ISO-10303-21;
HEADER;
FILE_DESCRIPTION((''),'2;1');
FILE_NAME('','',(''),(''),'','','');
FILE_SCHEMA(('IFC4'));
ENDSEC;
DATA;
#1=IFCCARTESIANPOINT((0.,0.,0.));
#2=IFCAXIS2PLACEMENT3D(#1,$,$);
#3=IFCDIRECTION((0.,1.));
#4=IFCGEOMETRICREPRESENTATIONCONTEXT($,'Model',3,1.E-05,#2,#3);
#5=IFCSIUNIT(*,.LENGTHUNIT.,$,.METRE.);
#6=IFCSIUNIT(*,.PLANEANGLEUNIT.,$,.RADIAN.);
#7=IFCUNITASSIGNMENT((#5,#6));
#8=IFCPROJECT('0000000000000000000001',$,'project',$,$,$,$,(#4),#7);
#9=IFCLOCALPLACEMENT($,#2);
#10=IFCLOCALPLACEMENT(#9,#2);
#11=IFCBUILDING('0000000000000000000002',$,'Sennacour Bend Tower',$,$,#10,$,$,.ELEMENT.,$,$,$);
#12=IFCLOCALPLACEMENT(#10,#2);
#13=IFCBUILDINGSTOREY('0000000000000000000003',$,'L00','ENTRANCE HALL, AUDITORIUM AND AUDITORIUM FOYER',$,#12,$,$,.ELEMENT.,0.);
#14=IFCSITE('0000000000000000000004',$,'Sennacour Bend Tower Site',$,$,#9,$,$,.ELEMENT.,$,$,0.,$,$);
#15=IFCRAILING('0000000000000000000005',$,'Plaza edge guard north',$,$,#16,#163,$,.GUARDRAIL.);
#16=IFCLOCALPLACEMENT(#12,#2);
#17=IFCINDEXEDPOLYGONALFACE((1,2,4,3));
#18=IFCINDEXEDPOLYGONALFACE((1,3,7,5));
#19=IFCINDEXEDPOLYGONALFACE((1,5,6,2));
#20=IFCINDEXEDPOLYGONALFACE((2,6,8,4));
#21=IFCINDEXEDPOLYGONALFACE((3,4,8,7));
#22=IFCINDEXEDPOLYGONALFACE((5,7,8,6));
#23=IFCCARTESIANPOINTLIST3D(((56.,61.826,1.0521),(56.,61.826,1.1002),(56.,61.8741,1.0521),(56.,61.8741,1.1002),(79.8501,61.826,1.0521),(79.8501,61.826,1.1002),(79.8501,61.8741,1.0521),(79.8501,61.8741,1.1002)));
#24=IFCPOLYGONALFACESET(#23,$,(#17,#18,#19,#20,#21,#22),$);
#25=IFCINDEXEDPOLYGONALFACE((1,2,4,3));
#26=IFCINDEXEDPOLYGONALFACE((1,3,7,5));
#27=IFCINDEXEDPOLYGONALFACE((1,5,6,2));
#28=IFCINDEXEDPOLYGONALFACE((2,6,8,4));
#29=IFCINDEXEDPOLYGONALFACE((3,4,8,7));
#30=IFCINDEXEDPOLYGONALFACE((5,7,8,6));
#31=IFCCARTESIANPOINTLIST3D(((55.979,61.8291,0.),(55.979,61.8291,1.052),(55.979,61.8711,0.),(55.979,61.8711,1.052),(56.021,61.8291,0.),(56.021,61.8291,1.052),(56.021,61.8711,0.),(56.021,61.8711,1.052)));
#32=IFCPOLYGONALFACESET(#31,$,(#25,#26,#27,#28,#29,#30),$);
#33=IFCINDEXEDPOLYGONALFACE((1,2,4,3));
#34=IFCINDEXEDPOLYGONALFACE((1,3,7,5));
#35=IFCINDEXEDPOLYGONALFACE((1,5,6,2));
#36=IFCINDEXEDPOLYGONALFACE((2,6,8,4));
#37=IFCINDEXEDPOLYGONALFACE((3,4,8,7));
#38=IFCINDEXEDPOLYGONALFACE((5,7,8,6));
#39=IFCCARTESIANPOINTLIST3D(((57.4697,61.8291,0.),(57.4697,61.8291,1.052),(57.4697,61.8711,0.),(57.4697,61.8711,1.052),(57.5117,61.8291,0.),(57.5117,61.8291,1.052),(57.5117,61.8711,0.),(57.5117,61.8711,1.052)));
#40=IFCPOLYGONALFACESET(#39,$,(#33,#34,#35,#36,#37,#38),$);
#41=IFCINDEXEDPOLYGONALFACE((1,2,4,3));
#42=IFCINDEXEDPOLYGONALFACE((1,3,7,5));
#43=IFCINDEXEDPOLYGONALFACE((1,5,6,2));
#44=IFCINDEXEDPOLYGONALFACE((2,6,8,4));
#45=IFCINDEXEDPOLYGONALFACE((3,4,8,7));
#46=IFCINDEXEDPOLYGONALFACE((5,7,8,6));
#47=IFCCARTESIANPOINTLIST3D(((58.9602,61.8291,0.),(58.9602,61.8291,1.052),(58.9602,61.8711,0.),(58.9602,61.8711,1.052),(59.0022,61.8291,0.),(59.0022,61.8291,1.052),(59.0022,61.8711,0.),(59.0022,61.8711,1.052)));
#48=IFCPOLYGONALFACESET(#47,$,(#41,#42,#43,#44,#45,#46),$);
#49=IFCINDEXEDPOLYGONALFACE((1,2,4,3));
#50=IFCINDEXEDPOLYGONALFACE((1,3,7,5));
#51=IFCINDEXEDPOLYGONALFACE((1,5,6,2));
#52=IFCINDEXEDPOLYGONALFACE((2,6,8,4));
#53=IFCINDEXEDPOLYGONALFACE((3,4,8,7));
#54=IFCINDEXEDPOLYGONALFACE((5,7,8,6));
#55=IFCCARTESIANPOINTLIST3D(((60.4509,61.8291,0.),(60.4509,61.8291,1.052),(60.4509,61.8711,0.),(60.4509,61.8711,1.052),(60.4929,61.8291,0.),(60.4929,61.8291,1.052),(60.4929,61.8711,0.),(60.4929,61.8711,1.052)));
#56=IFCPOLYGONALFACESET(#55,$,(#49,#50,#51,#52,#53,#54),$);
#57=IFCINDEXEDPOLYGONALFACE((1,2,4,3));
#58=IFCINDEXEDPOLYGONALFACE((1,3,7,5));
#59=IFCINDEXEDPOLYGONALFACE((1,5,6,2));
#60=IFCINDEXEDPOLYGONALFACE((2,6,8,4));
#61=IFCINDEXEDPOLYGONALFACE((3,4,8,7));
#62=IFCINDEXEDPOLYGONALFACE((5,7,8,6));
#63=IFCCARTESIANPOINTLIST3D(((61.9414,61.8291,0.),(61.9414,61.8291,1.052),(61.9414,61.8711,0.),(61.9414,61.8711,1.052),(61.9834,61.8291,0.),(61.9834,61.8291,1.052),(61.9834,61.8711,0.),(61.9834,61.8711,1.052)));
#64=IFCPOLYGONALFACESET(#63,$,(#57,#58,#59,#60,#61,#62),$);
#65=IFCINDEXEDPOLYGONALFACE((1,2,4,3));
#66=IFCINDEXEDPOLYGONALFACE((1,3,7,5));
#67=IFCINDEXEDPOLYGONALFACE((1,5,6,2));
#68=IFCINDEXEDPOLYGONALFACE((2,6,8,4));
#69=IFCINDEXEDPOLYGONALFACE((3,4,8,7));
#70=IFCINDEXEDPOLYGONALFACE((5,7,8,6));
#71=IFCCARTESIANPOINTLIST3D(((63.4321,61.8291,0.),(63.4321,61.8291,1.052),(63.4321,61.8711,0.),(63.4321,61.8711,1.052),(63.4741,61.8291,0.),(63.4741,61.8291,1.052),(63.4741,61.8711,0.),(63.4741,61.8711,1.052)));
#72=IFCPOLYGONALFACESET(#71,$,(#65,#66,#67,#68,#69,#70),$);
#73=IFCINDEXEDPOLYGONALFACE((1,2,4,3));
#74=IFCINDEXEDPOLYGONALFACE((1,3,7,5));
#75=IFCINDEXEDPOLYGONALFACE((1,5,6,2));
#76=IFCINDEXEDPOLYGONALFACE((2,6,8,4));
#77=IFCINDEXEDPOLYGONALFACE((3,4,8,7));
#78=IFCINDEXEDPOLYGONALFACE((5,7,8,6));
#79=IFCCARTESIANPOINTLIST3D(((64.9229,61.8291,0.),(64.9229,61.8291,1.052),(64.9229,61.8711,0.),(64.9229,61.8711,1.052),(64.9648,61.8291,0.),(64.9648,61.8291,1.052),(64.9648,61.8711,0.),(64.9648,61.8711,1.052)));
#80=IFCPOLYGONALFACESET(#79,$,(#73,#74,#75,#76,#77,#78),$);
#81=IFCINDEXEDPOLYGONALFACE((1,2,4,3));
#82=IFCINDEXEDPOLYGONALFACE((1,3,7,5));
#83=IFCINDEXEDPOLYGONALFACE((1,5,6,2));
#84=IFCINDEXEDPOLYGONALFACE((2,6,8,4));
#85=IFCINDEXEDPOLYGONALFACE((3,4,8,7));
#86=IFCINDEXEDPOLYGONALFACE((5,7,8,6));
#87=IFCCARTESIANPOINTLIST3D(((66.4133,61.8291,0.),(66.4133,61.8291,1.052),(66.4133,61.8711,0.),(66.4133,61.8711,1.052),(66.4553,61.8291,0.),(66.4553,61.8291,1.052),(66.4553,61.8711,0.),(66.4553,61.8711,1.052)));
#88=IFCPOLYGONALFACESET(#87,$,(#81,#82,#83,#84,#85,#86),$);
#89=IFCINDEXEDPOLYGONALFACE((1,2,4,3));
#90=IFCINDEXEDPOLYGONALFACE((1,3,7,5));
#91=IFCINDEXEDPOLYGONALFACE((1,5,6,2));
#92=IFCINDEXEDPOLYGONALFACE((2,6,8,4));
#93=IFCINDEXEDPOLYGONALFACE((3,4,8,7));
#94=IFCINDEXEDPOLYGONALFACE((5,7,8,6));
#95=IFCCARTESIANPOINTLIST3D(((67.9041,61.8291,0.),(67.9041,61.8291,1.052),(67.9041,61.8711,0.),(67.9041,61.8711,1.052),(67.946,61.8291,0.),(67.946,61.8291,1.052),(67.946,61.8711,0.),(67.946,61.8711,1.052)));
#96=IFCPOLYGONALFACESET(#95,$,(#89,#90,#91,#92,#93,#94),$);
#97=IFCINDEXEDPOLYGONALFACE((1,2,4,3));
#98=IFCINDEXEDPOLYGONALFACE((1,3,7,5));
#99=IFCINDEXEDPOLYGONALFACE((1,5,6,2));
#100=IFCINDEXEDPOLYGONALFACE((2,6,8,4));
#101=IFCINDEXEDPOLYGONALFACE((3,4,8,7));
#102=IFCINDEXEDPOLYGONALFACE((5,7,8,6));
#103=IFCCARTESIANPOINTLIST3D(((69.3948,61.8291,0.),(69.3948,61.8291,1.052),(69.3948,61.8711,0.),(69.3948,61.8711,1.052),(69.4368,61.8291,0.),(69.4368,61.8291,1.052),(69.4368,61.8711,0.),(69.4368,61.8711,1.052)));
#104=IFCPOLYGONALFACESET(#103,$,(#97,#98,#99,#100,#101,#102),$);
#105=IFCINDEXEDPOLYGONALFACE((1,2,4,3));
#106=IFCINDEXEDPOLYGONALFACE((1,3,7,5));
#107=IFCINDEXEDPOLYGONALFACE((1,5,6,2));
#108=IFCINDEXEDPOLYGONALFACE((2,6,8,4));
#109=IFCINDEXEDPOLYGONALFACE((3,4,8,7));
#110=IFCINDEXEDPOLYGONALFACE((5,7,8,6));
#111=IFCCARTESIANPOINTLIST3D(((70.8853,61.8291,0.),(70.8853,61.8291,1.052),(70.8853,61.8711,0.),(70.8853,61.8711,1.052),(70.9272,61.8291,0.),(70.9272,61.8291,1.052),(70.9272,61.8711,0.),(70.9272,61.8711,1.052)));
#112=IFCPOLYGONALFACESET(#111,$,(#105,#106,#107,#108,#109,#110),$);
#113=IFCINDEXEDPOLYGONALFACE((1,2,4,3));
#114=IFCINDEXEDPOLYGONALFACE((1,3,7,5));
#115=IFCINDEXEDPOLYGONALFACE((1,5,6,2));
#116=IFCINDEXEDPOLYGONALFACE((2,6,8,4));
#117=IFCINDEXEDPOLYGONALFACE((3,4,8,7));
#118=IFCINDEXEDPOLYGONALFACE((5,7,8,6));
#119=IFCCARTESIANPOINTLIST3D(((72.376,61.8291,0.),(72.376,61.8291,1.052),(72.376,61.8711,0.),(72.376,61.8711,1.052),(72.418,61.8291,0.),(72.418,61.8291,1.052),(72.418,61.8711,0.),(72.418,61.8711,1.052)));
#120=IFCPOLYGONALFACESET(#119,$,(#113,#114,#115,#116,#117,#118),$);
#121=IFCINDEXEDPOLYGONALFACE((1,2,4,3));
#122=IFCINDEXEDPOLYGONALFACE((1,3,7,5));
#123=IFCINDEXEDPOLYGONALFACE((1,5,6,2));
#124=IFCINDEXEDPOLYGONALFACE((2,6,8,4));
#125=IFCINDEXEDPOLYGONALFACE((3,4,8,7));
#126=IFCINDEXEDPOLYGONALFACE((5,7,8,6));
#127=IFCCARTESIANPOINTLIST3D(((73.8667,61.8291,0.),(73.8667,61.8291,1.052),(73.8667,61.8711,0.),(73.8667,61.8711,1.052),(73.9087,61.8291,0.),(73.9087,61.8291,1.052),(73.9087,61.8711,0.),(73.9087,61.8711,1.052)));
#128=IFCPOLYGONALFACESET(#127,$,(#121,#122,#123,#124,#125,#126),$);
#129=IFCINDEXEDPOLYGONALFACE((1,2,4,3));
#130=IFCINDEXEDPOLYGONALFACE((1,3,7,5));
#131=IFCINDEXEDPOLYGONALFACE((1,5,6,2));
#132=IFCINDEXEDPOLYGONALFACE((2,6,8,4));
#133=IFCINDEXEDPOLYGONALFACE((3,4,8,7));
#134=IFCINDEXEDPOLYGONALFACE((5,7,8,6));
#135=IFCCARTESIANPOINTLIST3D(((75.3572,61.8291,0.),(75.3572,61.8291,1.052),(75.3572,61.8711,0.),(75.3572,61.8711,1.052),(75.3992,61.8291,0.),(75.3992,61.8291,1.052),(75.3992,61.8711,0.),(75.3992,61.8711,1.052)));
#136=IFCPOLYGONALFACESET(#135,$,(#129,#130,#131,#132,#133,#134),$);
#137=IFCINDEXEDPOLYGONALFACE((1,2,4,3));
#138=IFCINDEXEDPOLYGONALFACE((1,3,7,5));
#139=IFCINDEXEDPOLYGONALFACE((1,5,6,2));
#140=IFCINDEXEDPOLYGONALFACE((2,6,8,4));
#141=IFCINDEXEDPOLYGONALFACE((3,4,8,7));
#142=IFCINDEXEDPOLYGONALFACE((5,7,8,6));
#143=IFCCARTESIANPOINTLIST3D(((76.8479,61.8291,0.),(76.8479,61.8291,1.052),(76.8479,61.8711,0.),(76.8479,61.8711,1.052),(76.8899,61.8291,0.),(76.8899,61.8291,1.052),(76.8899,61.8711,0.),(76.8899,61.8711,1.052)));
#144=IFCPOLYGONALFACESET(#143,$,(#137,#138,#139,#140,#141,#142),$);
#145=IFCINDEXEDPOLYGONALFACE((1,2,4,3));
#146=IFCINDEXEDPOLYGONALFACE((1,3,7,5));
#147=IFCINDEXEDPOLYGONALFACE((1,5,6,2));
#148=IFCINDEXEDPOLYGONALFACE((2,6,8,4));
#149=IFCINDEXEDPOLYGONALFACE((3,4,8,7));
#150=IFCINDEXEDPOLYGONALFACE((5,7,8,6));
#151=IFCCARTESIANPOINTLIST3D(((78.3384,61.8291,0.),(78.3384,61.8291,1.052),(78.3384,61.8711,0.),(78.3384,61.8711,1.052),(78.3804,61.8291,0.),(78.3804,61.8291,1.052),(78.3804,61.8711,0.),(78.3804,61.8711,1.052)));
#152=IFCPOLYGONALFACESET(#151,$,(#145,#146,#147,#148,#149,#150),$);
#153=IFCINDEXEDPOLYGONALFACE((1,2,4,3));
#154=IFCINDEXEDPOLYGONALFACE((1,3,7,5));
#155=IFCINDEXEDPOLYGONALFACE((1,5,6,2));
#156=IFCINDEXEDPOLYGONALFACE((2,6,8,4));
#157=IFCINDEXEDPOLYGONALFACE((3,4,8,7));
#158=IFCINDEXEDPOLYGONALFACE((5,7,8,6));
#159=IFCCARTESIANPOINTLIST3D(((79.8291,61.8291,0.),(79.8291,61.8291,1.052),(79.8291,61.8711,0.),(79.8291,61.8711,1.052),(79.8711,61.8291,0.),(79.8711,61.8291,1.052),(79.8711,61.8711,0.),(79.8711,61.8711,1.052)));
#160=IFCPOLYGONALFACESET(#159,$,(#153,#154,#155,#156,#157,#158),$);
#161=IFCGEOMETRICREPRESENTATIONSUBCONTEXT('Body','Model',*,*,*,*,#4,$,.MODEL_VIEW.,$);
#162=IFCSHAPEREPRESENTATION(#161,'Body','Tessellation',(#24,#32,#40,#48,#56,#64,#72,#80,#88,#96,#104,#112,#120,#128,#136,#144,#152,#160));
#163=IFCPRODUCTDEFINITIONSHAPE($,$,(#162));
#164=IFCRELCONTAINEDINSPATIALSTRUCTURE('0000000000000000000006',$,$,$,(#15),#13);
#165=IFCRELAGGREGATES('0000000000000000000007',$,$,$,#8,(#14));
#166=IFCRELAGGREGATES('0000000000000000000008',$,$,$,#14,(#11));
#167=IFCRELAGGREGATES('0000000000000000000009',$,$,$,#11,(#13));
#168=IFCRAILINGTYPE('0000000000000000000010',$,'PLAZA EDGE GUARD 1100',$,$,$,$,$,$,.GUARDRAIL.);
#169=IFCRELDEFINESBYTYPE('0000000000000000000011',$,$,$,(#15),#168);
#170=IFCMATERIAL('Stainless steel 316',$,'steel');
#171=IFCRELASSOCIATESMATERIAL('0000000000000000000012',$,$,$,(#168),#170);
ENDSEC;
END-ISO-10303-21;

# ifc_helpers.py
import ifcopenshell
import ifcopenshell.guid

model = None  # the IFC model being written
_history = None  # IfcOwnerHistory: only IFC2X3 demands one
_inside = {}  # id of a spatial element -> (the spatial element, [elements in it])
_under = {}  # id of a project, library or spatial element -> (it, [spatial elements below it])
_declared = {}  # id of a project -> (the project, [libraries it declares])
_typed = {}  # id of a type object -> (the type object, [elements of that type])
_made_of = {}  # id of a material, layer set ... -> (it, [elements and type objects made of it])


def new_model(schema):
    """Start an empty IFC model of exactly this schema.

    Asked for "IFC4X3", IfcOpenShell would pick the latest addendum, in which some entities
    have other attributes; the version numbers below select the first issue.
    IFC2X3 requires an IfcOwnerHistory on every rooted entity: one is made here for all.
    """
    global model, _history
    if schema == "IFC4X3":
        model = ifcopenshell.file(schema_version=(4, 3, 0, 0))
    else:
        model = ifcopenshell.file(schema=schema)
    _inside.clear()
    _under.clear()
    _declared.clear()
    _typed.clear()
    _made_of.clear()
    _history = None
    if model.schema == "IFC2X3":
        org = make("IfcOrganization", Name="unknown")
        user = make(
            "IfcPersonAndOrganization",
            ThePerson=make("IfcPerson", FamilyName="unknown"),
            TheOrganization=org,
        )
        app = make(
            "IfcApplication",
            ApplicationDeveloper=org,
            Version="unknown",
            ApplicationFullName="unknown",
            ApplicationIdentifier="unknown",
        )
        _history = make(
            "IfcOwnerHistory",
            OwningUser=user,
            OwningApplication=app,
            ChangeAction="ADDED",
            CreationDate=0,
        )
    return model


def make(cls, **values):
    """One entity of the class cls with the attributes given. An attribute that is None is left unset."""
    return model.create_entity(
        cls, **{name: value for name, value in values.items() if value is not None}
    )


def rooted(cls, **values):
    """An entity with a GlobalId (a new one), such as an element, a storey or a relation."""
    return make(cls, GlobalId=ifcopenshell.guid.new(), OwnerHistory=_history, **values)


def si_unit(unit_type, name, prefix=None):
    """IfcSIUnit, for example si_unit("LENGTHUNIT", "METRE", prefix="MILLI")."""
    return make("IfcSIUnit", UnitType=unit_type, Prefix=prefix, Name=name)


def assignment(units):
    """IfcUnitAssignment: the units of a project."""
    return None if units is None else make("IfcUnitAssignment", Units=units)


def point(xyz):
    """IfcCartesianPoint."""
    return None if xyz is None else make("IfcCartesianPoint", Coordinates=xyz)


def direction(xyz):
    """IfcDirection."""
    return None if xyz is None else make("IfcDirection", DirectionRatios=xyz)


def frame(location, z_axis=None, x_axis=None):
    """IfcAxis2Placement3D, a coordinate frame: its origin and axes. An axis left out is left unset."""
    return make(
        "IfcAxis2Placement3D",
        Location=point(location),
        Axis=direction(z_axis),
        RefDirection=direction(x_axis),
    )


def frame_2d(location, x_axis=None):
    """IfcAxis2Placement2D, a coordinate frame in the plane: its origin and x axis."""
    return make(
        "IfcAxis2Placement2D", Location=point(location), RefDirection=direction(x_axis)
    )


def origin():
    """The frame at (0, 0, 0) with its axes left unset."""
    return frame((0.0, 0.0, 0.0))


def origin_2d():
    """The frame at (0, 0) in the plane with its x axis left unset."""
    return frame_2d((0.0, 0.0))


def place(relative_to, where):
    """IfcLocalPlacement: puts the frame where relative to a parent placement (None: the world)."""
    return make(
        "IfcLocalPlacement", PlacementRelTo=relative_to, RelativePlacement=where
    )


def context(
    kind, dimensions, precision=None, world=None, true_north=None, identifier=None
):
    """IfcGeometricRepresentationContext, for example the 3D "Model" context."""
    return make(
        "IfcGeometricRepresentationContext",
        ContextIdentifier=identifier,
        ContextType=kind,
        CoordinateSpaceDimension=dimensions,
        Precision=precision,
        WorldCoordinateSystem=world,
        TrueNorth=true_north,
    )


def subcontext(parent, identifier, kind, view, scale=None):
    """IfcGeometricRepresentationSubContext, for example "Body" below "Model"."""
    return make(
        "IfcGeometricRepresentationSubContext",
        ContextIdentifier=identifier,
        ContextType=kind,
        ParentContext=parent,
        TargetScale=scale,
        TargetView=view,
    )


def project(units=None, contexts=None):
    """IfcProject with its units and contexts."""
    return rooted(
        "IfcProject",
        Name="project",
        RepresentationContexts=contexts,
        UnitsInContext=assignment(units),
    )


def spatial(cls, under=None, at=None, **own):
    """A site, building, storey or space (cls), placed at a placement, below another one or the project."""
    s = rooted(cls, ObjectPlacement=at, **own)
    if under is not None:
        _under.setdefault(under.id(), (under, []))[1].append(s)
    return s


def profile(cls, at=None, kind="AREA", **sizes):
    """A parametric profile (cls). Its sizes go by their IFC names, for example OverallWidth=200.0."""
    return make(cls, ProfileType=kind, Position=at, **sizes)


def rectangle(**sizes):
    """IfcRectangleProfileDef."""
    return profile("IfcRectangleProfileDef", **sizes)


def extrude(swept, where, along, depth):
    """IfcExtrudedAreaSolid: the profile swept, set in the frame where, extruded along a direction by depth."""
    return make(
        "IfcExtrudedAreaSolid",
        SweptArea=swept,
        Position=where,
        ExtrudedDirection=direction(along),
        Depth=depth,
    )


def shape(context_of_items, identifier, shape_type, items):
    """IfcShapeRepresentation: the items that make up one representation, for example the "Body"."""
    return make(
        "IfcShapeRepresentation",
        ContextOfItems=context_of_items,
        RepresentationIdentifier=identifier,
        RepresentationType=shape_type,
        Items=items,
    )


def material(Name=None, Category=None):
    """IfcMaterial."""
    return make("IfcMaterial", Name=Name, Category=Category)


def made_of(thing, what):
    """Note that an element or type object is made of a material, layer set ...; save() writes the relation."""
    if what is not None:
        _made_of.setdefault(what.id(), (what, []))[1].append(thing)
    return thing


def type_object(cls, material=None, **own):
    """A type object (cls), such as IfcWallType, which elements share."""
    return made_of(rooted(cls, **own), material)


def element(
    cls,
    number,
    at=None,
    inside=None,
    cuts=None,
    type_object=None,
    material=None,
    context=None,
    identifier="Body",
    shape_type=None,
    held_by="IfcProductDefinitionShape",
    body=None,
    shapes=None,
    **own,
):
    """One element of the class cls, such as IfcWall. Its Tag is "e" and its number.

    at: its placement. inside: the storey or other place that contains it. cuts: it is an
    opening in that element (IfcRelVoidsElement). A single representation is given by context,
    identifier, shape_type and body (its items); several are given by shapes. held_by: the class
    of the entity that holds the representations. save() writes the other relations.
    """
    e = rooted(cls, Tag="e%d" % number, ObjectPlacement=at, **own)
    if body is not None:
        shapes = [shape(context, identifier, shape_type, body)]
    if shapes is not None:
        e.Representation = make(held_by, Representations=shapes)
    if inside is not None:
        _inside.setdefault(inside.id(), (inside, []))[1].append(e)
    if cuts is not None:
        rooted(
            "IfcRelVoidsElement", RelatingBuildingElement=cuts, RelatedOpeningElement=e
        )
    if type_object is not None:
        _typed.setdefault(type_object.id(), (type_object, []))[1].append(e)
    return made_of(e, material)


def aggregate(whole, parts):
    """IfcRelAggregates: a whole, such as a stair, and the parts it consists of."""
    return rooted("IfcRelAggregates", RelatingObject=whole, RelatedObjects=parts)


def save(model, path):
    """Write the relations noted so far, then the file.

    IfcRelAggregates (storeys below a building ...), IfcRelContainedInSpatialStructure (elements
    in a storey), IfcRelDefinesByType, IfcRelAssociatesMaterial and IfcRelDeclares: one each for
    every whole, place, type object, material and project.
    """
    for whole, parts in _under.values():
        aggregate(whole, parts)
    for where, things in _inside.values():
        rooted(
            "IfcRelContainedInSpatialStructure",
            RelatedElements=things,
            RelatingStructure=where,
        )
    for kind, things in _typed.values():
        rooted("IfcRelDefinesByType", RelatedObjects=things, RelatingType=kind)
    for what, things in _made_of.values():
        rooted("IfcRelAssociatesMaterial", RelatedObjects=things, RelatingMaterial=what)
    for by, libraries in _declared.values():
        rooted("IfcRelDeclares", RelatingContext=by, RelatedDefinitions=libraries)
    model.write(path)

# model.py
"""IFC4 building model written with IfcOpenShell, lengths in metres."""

from ifc_helpers import new_model, si_unit, direction, frame, origin, origin_2d, place, context, subcontext, project, spatial, rectangle, extrude, material, type_object, element, save


model = new_model("IFC4")

# Units and contexts
model_context = context("Model", 3, precision=1e-05, world=origin(), true_north=direction((0.0, 1.0)))
body_context = subcontext(model_context, "Body", "Model", "MODEL_VIEW")
ifc_project = project(units=[si_unit("LENGTHUNIT", "METRE"), si_unit("PLANEANGLEUNIT", "RADIAN")], contexts=[model_context])

# Site, building, storey
site_placement = place(None, origin())
site = spatial("IfcSite", under=ifc_project, at=site_placement, Name="Sennacour Bend Tower Site", CompositionType="ELEMENT", RefElevation=0.0)
building_placement = place(site_placement, origin())
building = spatial("IfcBuilding", under=site, at=building_placement, Name="Sennacour Bend Tower", CompositionType="ELEMENT")
storey_placement = place(building_placement, origin())
storey = spatial("IfcBuildingStorey", under=building, at=storey_placement, Name="L00", Description="ENTRANCE HALL, AUDITORIUM AND AUDITORIUM FOYER", CompositionType="ELEMENT", Elevation=0.0)

# Railing
ifc_material_1 = material(Name="Stainless steel 316", Category="steel")
railing_type_1 = type_object("IfcRailingType", Name="PLAZA EDGE GUARD 1100", PredefinedType="GUARDRAIL", material=ifc_material_1)
railing_1_placement = place(storey_placement, frame((56.0, 61.8501, 0.0)))
element("IfcRailing", 1, at=railing_1_placement, inside=storey, type_object=railing_type_1, Name="Plaza edge guard north", PredefinedType="GUARDRAIL", context=body_context, shape_type="SweptSolid", body=[
    extrude(rectangle(XDim=0.0481, YDim=0.0481, at=origin_2d()), frame((0.0, 0.0, 1.0762), z_axis=(1.0, 0.0, 0.0), x_axis=(0.0, 1.0, 0.0)), (0.0, 0.0, 1.0), 23.8501),
    extrude(rectangle(XDim=0.042, YDim=0.042, at=origin_2d()), origin(), (0.0, 0.0, 1.0), 1.052),
    extrude(rectangle(XDim=0.042, YDim=0.042, at=origin_2d()), frame((1.4907, 0.0, 0.0)), (0.0, 0.0, 1.0), 1.052),
    extrude(rectangle(XDim=0.042, YDim=0.042, at=origin_2d()), frame((2.9812, 0.0, 0.0)), (0.0, 0.0, 1.0), 1.052),
    extrude(rectangle(XDim=0.042, YDim=0.042, at=origin_2d()), frame((4.4719, 0.0, 0.0)), (0.0, 0.0, 1.0), 1.052),
    extrude(rectangle(XDim=0.042, YDim=0.042, at=origin_2d()), frame((5.9624, 0.0, 0.0)), (0.0, 0.0, 1.0), 1.052),
    extrude(rectangle(XDim=0.042, YDim=0.042, at=origin_2d()), frame((7.4531, 0.0, 0.0)), (0.0, 0.0, 1.0), 1.052),
    extrude(rectangle(XDim=0.042, YDim=0.042, at=origin_2d()), frame((8.9438, 0.0, 0.0)), (0.0, 0.0, 1.0), 1.052),
    extrude(rectangle(XDim=0.042, YDim=0.042, at=origin_2d()), frame((10.4343, 0.0, 0.0)), (0.0, 0.0, 1.0), 1.052),
    extrude(rectangle(XDim=0.042, YDim=0.042, at=origin_2d()), frame((11.925, 0.0, 0.0)), (0.0, 0.0, 1.0), 1.052),
    extrude(rectangle(XDim=0.042, YDim=0.042, at=origin_2d()), frame((13.4158, 0.0, 0.0)), (0.0, 0.0, 1.0), 1.052),
    extrude(rectangle(XDim=0.042, YDim=0.042, at=origin_2d()), frame((14.9062, 0.0, 0.0)), (0.0, 0.0, 1.0), 1.052),
    extrude(rectangle(XDim=0.042, YDim=0.042, at=origin_2d()), frame((16.397, 0.0, 0.0)), (0.0, 0.0, 1.0), 1.052),
    extrude(rectangle(XDim=0.042, YDim=0.042, at=origin_2d()), frame((17.8877, 0.0, 0.0)), (0.0, 0.0, 1.0), 1.052),
    extrude(rectangle(XDim=0.042, YDim=0.042, at=origin_2d()), frame((19.3782, 0.0, 0.0)), (0.0, 0.0, 1.0), 1.052),
    extrude(rectangle(XDim=0.042, YDim=0.042, at=origin_2d()), frame((20.8689, 0.0, 0.0)), (0.0, 0.0, 1.0), 1.052),
    extrude(rectangle(XDim=0.042, YDim=0.042, at=origin_2d()), frame((22.3594, 0.0, 0.0)), (0.0, 0.0, 1.0), 1.052),
    extrude(rectangle(XDim=0.042, YDim=0.042, at=origin_2d()), frame((23.8501, 0.0, 0.0)), (0.0, 0.0, 1.0), 1.052),
])

save(model, "model.ifc")
